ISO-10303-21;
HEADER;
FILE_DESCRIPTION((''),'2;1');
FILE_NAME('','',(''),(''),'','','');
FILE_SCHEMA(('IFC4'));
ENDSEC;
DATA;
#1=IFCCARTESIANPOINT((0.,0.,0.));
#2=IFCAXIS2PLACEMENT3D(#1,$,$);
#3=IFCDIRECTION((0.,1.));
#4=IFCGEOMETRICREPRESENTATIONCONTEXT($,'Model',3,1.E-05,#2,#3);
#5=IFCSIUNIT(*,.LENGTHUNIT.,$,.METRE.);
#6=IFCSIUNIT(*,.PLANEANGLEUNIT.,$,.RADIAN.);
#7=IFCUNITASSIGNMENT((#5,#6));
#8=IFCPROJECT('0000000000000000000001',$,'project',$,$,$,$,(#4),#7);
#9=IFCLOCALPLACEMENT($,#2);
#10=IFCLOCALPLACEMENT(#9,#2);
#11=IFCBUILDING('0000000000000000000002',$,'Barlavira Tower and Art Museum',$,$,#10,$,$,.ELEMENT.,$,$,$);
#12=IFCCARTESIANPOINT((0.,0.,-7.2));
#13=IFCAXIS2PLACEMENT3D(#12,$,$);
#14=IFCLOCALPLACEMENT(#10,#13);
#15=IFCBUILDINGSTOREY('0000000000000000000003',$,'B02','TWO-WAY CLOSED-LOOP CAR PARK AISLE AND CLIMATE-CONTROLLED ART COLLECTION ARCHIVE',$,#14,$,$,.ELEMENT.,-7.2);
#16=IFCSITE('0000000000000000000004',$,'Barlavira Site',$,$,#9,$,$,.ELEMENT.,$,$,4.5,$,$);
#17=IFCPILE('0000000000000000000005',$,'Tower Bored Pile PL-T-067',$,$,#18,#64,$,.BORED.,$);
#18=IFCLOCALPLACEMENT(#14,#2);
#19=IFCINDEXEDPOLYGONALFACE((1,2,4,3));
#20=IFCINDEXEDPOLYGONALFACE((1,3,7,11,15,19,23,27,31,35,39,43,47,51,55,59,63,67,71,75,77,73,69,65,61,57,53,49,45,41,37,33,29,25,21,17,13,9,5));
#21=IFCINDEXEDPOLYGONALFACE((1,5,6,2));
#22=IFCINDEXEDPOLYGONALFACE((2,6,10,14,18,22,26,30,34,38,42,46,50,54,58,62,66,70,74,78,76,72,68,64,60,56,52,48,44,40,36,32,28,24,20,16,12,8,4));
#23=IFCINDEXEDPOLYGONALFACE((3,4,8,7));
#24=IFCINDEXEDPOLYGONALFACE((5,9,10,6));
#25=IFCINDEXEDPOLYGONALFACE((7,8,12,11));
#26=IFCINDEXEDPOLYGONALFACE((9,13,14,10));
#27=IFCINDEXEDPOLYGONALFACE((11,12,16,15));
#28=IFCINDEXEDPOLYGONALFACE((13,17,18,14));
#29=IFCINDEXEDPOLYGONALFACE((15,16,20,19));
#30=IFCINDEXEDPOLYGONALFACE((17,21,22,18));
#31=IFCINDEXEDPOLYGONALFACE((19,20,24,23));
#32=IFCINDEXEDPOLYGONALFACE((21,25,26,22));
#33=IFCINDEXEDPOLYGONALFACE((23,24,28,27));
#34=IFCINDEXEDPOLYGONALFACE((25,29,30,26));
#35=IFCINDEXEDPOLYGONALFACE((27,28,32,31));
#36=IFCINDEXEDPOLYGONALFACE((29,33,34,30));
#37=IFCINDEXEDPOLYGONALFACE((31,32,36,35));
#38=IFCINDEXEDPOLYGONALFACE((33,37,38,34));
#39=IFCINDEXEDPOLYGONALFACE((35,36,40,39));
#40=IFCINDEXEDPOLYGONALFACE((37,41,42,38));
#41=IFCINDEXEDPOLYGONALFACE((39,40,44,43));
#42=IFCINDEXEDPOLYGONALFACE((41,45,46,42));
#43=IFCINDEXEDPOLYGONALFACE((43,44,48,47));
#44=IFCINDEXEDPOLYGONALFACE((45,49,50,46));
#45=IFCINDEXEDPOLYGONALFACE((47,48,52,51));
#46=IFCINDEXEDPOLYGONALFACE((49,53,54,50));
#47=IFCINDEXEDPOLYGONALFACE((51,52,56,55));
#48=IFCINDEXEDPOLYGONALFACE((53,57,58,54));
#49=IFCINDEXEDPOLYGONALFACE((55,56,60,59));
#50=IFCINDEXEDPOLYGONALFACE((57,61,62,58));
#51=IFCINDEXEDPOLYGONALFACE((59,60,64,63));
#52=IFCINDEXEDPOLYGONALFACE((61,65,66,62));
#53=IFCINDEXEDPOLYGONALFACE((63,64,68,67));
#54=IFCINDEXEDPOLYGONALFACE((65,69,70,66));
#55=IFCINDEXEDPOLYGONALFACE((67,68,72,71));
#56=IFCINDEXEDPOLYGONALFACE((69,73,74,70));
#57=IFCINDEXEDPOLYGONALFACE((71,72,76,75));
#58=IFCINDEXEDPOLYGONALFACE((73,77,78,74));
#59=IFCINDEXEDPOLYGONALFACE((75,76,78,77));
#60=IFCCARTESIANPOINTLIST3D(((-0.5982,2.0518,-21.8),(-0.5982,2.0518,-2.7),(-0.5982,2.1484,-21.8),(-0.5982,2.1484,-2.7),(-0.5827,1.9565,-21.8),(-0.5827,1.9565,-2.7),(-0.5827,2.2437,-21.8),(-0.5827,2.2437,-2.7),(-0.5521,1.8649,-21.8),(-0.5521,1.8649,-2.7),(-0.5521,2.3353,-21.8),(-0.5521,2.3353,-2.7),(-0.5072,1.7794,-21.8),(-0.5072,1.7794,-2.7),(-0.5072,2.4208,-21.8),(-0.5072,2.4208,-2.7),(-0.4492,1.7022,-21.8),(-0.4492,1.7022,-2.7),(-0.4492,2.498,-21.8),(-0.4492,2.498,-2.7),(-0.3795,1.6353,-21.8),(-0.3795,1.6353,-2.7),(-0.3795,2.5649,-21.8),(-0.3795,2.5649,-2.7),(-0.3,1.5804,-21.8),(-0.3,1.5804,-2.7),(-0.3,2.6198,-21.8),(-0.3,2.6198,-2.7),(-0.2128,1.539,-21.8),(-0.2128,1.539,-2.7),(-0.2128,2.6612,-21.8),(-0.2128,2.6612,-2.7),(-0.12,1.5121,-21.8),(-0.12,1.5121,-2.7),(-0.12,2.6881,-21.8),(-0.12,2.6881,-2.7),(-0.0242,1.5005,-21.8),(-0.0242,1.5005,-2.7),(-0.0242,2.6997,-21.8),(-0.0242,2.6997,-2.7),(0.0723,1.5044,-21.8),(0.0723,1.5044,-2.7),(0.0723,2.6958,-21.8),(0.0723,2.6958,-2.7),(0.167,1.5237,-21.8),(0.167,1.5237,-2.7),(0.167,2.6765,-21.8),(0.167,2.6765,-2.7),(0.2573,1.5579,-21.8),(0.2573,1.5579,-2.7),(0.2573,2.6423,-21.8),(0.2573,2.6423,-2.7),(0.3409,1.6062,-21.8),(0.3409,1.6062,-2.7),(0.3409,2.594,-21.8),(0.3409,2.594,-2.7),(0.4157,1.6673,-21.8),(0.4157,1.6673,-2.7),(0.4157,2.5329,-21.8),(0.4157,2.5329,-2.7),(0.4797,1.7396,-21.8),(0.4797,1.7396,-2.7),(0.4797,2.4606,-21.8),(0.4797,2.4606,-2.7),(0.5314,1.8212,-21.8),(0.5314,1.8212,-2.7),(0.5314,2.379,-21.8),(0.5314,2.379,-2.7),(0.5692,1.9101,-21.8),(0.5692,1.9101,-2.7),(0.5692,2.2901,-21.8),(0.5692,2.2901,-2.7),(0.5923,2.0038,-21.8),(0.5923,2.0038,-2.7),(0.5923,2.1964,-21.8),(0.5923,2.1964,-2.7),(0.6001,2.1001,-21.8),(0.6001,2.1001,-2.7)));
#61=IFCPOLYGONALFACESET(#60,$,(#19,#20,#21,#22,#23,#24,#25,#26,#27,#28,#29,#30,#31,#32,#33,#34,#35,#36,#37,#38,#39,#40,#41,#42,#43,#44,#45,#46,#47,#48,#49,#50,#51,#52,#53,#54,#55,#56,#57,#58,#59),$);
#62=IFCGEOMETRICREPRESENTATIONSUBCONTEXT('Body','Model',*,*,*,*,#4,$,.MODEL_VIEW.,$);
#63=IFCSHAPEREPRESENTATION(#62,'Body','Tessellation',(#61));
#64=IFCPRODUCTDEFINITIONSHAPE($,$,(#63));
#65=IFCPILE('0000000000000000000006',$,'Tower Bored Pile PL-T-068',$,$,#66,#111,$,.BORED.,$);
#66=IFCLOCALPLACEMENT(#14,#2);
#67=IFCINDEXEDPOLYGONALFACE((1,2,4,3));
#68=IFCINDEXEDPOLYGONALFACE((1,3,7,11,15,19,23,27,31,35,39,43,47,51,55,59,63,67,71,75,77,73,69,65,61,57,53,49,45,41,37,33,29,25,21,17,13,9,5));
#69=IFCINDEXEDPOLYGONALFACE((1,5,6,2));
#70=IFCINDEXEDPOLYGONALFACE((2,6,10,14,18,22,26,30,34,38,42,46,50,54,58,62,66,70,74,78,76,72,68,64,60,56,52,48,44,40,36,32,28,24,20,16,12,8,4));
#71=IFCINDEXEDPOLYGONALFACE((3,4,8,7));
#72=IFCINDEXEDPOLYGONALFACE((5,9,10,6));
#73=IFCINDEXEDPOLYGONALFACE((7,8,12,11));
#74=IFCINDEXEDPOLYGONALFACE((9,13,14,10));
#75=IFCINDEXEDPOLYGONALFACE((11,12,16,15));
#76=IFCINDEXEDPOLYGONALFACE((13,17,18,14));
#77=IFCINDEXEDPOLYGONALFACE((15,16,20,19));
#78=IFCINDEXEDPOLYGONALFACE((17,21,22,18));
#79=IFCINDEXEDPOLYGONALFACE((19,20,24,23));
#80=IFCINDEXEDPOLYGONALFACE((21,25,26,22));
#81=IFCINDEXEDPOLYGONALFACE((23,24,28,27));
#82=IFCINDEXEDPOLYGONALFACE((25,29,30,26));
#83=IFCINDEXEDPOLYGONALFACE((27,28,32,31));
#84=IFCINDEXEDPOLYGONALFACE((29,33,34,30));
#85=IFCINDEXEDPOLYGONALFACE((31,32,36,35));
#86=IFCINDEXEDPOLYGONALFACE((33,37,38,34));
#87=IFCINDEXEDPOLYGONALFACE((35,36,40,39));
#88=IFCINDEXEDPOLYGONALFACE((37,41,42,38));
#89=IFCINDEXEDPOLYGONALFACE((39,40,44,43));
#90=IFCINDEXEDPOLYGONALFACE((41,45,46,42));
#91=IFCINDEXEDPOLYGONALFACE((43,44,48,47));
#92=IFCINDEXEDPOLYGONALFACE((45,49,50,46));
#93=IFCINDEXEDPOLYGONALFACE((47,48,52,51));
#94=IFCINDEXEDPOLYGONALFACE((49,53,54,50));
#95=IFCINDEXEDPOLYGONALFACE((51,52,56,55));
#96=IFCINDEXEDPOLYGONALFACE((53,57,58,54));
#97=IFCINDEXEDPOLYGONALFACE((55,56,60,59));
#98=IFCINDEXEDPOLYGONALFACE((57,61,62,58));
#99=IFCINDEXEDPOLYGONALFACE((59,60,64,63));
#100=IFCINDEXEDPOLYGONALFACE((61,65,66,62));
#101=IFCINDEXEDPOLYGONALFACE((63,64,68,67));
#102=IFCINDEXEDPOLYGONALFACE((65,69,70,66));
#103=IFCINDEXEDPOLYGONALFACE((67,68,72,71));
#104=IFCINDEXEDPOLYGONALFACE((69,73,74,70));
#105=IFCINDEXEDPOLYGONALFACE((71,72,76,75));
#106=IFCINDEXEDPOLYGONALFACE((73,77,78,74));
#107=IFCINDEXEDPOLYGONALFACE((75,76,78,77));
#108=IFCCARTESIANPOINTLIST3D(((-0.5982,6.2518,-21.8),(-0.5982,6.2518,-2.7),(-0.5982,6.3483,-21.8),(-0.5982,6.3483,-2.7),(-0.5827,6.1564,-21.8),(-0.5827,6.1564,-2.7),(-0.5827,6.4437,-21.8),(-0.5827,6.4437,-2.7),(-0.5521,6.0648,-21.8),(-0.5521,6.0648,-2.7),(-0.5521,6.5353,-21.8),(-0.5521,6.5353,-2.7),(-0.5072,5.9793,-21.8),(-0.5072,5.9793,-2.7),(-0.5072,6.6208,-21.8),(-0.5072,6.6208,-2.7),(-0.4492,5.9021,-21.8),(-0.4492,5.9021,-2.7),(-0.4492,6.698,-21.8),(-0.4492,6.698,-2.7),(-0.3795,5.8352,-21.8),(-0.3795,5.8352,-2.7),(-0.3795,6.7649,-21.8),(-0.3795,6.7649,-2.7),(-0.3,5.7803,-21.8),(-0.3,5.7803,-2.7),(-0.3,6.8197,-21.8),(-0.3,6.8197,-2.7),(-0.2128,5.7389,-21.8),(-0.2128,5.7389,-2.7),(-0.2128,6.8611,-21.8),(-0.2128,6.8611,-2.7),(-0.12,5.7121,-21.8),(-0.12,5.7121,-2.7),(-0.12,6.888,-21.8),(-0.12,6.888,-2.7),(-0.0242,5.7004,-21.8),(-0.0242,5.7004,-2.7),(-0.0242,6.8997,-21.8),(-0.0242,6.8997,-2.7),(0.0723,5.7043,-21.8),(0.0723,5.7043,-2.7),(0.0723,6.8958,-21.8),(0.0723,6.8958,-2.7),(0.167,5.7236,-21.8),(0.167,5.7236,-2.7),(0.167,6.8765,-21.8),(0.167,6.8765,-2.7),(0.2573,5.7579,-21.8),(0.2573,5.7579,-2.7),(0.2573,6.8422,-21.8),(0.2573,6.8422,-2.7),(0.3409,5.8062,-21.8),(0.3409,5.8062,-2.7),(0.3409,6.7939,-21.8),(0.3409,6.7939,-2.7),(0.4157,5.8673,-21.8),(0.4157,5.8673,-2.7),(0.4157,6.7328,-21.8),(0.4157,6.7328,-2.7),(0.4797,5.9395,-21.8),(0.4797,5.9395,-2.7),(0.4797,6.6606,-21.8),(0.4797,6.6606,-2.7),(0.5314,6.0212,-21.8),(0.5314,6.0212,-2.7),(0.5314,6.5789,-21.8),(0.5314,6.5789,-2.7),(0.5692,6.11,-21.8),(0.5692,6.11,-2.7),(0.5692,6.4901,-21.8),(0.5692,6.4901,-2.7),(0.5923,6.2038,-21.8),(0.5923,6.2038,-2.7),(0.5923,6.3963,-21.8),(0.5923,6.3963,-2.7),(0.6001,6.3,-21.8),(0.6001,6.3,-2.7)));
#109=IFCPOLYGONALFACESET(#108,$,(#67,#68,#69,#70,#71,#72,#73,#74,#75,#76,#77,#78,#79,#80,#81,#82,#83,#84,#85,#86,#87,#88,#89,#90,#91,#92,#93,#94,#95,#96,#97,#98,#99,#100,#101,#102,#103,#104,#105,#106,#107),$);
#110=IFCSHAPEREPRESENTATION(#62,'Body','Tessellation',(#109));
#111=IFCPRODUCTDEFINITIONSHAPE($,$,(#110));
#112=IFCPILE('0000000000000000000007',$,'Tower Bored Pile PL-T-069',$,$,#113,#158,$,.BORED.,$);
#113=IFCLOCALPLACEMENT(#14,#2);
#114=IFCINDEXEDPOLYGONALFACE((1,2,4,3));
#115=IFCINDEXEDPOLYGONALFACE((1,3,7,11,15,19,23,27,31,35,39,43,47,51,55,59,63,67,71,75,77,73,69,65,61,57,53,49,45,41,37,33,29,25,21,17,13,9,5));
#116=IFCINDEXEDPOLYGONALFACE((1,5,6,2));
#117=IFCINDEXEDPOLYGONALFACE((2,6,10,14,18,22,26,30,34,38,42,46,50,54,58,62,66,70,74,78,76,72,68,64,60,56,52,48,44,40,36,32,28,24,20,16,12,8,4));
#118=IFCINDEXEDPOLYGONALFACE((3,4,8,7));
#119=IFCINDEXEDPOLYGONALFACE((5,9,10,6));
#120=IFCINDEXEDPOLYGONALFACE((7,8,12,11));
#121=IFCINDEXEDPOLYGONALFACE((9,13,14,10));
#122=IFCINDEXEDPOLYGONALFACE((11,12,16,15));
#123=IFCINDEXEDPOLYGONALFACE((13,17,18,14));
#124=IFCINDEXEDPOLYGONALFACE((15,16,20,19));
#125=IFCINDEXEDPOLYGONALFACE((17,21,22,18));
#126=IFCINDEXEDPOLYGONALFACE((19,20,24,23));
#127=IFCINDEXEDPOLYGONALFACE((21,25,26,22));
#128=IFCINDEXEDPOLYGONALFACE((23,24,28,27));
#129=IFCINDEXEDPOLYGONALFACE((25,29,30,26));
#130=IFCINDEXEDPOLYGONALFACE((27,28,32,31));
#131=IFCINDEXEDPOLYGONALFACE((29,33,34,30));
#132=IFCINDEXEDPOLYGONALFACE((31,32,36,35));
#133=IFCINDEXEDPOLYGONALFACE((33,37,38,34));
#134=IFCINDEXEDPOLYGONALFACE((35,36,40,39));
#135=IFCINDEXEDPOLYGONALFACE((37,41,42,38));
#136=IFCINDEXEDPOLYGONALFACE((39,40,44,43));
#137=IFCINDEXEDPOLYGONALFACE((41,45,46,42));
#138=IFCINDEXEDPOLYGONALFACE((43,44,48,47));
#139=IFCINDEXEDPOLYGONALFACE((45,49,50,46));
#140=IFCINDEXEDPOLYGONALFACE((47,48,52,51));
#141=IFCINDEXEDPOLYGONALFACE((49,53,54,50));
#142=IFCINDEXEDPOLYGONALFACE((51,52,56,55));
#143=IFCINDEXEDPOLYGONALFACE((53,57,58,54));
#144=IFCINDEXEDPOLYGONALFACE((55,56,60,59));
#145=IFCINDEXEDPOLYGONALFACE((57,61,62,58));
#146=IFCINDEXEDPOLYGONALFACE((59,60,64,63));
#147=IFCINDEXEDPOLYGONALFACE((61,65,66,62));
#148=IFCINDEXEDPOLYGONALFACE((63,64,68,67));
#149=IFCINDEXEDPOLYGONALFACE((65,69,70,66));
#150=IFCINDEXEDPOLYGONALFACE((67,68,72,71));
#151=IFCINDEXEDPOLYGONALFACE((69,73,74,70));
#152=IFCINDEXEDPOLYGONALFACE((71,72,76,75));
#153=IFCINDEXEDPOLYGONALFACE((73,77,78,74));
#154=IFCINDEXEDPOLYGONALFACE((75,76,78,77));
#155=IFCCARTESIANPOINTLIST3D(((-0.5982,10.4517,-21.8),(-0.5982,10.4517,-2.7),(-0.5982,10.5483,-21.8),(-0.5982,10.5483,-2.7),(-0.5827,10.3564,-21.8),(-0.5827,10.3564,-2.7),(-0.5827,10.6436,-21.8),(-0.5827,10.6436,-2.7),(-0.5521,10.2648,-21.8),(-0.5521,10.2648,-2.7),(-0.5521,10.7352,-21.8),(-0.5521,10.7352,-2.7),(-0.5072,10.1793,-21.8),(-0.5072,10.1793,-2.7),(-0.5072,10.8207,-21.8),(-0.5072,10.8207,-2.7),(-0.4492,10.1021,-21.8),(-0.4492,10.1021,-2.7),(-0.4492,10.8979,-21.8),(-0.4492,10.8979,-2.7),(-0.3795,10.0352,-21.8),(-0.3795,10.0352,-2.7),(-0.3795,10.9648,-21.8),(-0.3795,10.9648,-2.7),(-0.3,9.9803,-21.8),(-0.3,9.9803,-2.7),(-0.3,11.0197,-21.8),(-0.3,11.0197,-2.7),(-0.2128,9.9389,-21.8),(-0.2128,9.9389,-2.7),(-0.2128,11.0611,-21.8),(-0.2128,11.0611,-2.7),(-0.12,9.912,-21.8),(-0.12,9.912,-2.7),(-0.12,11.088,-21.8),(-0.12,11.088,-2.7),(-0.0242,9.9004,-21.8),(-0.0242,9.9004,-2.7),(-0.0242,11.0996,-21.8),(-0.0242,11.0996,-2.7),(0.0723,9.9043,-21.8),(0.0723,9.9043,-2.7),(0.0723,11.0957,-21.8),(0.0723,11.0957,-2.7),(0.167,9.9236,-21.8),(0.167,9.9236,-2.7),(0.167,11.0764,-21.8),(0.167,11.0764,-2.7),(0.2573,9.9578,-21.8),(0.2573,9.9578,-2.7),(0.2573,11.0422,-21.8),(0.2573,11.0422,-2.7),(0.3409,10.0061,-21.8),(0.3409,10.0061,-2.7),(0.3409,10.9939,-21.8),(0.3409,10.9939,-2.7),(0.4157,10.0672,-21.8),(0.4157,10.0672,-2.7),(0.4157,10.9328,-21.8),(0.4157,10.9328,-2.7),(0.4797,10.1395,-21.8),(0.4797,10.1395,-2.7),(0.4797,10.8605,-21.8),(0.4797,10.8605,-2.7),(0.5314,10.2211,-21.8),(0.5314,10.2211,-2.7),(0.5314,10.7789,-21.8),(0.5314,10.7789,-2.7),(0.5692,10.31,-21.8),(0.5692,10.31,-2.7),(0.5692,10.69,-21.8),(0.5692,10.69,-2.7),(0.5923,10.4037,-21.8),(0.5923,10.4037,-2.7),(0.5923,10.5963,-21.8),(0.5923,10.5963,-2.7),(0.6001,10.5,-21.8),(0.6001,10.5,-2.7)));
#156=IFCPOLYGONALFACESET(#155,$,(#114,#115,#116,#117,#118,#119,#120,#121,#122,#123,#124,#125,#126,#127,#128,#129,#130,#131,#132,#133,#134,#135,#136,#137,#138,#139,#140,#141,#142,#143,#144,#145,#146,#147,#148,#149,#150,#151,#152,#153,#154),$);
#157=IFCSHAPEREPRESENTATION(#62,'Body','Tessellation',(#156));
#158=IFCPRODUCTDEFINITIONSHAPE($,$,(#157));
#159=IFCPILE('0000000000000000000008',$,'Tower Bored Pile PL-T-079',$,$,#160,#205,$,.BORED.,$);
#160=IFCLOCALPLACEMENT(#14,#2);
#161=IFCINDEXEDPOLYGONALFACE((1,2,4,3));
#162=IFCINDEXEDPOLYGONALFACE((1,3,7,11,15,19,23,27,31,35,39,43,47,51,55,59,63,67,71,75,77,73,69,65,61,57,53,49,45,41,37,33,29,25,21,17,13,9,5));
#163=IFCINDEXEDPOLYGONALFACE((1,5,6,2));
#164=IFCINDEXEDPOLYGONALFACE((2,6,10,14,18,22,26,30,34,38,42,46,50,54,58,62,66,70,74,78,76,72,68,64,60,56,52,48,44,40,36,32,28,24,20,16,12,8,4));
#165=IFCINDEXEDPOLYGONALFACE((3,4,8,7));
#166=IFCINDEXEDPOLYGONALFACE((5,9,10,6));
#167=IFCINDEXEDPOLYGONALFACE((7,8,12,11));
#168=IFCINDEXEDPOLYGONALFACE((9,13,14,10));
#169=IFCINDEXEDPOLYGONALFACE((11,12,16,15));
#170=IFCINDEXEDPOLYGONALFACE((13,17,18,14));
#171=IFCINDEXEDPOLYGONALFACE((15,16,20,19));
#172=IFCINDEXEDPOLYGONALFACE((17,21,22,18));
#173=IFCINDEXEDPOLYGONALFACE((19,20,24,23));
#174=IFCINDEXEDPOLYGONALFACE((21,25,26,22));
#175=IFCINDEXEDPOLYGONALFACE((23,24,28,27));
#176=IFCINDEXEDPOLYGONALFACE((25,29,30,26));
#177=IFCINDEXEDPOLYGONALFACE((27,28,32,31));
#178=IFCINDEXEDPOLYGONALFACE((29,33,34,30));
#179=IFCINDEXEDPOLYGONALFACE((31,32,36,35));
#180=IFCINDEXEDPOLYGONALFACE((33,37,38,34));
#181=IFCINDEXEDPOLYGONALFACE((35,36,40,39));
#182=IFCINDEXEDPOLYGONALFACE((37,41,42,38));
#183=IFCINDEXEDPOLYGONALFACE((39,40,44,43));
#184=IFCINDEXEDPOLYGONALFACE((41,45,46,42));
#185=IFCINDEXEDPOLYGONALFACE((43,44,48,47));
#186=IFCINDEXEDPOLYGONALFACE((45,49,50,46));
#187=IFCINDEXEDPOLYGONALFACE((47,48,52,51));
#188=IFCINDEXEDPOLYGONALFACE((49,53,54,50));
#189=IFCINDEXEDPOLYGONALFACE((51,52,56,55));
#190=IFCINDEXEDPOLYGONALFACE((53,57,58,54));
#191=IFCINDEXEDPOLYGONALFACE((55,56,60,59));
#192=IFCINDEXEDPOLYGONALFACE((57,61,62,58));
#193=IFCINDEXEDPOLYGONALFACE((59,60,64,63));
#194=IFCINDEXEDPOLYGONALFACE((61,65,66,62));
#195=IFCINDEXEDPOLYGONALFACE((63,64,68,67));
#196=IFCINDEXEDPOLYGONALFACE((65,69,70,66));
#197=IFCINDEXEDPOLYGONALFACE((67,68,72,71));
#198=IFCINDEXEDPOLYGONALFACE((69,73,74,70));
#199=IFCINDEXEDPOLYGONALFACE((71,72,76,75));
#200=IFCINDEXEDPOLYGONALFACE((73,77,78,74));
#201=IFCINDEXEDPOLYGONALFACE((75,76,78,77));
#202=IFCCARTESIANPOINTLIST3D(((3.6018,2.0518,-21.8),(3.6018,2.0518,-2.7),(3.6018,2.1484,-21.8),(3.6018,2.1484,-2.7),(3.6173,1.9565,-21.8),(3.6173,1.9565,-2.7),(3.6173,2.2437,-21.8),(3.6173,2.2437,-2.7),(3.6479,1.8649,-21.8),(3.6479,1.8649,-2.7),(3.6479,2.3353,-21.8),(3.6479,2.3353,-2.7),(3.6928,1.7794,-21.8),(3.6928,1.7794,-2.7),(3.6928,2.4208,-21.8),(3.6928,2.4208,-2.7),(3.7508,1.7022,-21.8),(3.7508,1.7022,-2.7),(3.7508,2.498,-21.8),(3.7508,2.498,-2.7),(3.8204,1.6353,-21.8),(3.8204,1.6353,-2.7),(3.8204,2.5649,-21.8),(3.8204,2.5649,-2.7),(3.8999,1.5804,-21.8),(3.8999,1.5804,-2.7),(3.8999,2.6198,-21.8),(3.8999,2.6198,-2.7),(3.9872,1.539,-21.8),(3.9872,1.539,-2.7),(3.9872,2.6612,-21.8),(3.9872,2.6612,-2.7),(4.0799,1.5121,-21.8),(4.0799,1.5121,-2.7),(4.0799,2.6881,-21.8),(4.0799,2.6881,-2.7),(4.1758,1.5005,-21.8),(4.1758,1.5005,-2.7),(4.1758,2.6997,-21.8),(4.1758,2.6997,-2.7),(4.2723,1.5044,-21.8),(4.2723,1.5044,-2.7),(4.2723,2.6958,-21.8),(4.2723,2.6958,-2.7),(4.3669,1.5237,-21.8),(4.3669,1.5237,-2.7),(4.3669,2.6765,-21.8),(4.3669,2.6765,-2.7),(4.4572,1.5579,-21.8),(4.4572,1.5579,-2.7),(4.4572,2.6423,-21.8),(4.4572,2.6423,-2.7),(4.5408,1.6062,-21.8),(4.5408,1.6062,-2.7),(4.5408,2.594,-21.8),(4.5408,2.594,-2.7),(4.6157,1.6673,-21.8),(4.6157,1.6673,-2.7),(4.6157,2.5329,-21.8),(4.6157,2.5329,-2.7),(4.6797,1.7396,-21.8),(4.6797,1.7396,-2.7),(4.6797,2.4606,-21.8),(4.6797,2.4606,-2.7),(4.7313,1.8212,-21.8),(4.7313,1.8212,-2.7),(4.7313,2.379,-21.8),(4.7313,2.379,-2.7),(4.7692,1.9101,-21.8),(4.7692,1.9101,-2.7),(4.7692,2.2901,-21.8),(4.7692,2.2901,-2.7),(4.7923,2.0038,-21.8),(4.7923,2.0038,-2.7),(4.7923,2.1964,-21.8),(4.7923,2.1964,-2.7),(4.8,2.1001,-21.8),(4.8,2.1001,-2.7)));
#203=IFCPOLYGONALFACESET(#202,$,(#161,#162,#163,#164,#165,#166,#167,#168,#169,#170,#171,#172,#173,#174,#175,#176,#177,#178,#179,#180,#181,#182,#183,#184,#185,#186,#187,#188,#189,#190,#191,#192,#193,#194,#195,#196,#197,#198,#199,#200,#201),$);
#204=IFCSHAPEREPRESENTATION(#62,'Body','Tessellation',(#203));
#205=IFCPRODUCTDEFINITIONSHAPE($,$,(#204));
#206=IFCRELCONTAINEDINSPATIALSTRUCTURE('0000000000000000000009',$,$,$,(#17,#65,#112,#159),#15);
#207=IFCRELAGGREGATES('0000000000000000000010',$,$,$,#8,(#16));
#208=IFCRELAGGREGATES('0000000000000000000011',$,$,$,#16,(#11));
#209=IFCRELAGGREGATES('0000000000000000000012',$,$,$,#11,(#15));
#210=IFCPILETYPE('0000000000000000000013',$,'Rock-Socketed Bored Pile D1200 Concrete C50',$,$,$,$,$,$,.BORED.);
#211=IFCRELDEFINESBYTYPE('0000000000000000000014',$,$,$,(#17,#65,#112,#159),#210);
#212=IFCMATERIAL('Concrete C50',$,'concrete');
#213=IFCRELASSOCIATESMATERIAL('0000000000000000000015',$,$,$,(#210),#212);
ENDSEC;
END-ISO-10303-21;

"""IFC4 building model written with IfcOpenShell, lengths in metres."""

from ifc_helpers import new_model, si_unit, direction, frame, origin, origin_2d, place, context, subcontext, project, spatial, circle, extrude, material, material_profile, profile_set, type_object, element, save


model = new_model("IFC4")

# Units and contexts
model_context = context("Model", 3, precision=1e-05, world=origin(), true_north=direction((0.0, 1.0)))
body_context = subcontext(model_context, "Body", "Model", "MODEL_VIEW")
ifc_project = project(units=[si_unit("LENGTHUNIT", "METRE"), si_unit("PLANEANGLEUNIT", "RADIAN")], contexts=[model_context])

# Site, building, storey
site_placement = place(None, origin())
site = spatial("IfcSite", under=ifc_project, at=site_placement, Name="Barlavira Site", CompositionType="ELEMENT", RefElevation=4.5)
building_placement = place(site_placement, origin())
building = spatial("IfcBuilding", under=site, at=building_placement, Name="Barlavira Tower and Art Museum", CompositionType="ELEMENT")
storey_placement = place(building_placement, frame((0.0, 0.0, -7.2)))
storey = spatial("IfcBuildingStorey", under=building, at=storey_placement, Name="B02", Description="TWO-WAY CLOSED-LOOP CAR PARK AISLE AND CLIMATE-CONTROLLED ART COLLECTION ARCHIVE", CompositionType="ELEMENT", Elevation=-7.2)

# Piles
ifc_material_1 = material(Name="Concrete C50", Category="concrete")
ifc_material_profile_1 = material_profile(ifc_material_1, circle(Radius=0.6001, at=origin_2d()), Name="BORED PILE D1200")
ifc_profile_set_1 = profile_set([ifc_material_profile_1], Name="Concrete C50")
pile_type = type_object("IfcPileType", Name="Rock-Socketed Bored Pile D1200 Concrete C50", PredefinedType="BORED", material=ifc_profile_set_1)
for number, where, z_axis, x_axis, name in (
    (1, (0.0, 2.1001, -2.7), (0.0, 0.0, -1.0), (1.0, 0.0, 0.0), "Tower Bored Pile PL-T-067"),
    (2, (0.0, 6.3, -2.7), (0.0, 0.0, -1.0), (1.0, 0.0, 0.0), "Tower Bored Pile PL-T-068"),
    (3, (0.0, 10.5, -2.7), (0.0, 0.0, -1.0), (1.0, 0.0, 0.0), "Tower Bored Pile PL-T-069"),
    (4, (4.2, 2.1001, -2.7), (0.0, 0.0, -1.0), (1.0, 0.0, 0.0), "Tower Bored Pile PL-T-079"),
):
    element("IfcPile", number, at=place(storey_placement, frame(where, z_axis=z_axis, x_axis=x_axis)), inside=storey, type_object=pile_type, Name=name, PredefinedType="BORED", context=body_context, shape_type="SweptSolid", body=[
        extrude(circle(Radius=0.6001, at=origin_2d()), origin(), (0.0, 0.0, 1.0), 19.1001),
    ])

save(model, "model.ifc")
